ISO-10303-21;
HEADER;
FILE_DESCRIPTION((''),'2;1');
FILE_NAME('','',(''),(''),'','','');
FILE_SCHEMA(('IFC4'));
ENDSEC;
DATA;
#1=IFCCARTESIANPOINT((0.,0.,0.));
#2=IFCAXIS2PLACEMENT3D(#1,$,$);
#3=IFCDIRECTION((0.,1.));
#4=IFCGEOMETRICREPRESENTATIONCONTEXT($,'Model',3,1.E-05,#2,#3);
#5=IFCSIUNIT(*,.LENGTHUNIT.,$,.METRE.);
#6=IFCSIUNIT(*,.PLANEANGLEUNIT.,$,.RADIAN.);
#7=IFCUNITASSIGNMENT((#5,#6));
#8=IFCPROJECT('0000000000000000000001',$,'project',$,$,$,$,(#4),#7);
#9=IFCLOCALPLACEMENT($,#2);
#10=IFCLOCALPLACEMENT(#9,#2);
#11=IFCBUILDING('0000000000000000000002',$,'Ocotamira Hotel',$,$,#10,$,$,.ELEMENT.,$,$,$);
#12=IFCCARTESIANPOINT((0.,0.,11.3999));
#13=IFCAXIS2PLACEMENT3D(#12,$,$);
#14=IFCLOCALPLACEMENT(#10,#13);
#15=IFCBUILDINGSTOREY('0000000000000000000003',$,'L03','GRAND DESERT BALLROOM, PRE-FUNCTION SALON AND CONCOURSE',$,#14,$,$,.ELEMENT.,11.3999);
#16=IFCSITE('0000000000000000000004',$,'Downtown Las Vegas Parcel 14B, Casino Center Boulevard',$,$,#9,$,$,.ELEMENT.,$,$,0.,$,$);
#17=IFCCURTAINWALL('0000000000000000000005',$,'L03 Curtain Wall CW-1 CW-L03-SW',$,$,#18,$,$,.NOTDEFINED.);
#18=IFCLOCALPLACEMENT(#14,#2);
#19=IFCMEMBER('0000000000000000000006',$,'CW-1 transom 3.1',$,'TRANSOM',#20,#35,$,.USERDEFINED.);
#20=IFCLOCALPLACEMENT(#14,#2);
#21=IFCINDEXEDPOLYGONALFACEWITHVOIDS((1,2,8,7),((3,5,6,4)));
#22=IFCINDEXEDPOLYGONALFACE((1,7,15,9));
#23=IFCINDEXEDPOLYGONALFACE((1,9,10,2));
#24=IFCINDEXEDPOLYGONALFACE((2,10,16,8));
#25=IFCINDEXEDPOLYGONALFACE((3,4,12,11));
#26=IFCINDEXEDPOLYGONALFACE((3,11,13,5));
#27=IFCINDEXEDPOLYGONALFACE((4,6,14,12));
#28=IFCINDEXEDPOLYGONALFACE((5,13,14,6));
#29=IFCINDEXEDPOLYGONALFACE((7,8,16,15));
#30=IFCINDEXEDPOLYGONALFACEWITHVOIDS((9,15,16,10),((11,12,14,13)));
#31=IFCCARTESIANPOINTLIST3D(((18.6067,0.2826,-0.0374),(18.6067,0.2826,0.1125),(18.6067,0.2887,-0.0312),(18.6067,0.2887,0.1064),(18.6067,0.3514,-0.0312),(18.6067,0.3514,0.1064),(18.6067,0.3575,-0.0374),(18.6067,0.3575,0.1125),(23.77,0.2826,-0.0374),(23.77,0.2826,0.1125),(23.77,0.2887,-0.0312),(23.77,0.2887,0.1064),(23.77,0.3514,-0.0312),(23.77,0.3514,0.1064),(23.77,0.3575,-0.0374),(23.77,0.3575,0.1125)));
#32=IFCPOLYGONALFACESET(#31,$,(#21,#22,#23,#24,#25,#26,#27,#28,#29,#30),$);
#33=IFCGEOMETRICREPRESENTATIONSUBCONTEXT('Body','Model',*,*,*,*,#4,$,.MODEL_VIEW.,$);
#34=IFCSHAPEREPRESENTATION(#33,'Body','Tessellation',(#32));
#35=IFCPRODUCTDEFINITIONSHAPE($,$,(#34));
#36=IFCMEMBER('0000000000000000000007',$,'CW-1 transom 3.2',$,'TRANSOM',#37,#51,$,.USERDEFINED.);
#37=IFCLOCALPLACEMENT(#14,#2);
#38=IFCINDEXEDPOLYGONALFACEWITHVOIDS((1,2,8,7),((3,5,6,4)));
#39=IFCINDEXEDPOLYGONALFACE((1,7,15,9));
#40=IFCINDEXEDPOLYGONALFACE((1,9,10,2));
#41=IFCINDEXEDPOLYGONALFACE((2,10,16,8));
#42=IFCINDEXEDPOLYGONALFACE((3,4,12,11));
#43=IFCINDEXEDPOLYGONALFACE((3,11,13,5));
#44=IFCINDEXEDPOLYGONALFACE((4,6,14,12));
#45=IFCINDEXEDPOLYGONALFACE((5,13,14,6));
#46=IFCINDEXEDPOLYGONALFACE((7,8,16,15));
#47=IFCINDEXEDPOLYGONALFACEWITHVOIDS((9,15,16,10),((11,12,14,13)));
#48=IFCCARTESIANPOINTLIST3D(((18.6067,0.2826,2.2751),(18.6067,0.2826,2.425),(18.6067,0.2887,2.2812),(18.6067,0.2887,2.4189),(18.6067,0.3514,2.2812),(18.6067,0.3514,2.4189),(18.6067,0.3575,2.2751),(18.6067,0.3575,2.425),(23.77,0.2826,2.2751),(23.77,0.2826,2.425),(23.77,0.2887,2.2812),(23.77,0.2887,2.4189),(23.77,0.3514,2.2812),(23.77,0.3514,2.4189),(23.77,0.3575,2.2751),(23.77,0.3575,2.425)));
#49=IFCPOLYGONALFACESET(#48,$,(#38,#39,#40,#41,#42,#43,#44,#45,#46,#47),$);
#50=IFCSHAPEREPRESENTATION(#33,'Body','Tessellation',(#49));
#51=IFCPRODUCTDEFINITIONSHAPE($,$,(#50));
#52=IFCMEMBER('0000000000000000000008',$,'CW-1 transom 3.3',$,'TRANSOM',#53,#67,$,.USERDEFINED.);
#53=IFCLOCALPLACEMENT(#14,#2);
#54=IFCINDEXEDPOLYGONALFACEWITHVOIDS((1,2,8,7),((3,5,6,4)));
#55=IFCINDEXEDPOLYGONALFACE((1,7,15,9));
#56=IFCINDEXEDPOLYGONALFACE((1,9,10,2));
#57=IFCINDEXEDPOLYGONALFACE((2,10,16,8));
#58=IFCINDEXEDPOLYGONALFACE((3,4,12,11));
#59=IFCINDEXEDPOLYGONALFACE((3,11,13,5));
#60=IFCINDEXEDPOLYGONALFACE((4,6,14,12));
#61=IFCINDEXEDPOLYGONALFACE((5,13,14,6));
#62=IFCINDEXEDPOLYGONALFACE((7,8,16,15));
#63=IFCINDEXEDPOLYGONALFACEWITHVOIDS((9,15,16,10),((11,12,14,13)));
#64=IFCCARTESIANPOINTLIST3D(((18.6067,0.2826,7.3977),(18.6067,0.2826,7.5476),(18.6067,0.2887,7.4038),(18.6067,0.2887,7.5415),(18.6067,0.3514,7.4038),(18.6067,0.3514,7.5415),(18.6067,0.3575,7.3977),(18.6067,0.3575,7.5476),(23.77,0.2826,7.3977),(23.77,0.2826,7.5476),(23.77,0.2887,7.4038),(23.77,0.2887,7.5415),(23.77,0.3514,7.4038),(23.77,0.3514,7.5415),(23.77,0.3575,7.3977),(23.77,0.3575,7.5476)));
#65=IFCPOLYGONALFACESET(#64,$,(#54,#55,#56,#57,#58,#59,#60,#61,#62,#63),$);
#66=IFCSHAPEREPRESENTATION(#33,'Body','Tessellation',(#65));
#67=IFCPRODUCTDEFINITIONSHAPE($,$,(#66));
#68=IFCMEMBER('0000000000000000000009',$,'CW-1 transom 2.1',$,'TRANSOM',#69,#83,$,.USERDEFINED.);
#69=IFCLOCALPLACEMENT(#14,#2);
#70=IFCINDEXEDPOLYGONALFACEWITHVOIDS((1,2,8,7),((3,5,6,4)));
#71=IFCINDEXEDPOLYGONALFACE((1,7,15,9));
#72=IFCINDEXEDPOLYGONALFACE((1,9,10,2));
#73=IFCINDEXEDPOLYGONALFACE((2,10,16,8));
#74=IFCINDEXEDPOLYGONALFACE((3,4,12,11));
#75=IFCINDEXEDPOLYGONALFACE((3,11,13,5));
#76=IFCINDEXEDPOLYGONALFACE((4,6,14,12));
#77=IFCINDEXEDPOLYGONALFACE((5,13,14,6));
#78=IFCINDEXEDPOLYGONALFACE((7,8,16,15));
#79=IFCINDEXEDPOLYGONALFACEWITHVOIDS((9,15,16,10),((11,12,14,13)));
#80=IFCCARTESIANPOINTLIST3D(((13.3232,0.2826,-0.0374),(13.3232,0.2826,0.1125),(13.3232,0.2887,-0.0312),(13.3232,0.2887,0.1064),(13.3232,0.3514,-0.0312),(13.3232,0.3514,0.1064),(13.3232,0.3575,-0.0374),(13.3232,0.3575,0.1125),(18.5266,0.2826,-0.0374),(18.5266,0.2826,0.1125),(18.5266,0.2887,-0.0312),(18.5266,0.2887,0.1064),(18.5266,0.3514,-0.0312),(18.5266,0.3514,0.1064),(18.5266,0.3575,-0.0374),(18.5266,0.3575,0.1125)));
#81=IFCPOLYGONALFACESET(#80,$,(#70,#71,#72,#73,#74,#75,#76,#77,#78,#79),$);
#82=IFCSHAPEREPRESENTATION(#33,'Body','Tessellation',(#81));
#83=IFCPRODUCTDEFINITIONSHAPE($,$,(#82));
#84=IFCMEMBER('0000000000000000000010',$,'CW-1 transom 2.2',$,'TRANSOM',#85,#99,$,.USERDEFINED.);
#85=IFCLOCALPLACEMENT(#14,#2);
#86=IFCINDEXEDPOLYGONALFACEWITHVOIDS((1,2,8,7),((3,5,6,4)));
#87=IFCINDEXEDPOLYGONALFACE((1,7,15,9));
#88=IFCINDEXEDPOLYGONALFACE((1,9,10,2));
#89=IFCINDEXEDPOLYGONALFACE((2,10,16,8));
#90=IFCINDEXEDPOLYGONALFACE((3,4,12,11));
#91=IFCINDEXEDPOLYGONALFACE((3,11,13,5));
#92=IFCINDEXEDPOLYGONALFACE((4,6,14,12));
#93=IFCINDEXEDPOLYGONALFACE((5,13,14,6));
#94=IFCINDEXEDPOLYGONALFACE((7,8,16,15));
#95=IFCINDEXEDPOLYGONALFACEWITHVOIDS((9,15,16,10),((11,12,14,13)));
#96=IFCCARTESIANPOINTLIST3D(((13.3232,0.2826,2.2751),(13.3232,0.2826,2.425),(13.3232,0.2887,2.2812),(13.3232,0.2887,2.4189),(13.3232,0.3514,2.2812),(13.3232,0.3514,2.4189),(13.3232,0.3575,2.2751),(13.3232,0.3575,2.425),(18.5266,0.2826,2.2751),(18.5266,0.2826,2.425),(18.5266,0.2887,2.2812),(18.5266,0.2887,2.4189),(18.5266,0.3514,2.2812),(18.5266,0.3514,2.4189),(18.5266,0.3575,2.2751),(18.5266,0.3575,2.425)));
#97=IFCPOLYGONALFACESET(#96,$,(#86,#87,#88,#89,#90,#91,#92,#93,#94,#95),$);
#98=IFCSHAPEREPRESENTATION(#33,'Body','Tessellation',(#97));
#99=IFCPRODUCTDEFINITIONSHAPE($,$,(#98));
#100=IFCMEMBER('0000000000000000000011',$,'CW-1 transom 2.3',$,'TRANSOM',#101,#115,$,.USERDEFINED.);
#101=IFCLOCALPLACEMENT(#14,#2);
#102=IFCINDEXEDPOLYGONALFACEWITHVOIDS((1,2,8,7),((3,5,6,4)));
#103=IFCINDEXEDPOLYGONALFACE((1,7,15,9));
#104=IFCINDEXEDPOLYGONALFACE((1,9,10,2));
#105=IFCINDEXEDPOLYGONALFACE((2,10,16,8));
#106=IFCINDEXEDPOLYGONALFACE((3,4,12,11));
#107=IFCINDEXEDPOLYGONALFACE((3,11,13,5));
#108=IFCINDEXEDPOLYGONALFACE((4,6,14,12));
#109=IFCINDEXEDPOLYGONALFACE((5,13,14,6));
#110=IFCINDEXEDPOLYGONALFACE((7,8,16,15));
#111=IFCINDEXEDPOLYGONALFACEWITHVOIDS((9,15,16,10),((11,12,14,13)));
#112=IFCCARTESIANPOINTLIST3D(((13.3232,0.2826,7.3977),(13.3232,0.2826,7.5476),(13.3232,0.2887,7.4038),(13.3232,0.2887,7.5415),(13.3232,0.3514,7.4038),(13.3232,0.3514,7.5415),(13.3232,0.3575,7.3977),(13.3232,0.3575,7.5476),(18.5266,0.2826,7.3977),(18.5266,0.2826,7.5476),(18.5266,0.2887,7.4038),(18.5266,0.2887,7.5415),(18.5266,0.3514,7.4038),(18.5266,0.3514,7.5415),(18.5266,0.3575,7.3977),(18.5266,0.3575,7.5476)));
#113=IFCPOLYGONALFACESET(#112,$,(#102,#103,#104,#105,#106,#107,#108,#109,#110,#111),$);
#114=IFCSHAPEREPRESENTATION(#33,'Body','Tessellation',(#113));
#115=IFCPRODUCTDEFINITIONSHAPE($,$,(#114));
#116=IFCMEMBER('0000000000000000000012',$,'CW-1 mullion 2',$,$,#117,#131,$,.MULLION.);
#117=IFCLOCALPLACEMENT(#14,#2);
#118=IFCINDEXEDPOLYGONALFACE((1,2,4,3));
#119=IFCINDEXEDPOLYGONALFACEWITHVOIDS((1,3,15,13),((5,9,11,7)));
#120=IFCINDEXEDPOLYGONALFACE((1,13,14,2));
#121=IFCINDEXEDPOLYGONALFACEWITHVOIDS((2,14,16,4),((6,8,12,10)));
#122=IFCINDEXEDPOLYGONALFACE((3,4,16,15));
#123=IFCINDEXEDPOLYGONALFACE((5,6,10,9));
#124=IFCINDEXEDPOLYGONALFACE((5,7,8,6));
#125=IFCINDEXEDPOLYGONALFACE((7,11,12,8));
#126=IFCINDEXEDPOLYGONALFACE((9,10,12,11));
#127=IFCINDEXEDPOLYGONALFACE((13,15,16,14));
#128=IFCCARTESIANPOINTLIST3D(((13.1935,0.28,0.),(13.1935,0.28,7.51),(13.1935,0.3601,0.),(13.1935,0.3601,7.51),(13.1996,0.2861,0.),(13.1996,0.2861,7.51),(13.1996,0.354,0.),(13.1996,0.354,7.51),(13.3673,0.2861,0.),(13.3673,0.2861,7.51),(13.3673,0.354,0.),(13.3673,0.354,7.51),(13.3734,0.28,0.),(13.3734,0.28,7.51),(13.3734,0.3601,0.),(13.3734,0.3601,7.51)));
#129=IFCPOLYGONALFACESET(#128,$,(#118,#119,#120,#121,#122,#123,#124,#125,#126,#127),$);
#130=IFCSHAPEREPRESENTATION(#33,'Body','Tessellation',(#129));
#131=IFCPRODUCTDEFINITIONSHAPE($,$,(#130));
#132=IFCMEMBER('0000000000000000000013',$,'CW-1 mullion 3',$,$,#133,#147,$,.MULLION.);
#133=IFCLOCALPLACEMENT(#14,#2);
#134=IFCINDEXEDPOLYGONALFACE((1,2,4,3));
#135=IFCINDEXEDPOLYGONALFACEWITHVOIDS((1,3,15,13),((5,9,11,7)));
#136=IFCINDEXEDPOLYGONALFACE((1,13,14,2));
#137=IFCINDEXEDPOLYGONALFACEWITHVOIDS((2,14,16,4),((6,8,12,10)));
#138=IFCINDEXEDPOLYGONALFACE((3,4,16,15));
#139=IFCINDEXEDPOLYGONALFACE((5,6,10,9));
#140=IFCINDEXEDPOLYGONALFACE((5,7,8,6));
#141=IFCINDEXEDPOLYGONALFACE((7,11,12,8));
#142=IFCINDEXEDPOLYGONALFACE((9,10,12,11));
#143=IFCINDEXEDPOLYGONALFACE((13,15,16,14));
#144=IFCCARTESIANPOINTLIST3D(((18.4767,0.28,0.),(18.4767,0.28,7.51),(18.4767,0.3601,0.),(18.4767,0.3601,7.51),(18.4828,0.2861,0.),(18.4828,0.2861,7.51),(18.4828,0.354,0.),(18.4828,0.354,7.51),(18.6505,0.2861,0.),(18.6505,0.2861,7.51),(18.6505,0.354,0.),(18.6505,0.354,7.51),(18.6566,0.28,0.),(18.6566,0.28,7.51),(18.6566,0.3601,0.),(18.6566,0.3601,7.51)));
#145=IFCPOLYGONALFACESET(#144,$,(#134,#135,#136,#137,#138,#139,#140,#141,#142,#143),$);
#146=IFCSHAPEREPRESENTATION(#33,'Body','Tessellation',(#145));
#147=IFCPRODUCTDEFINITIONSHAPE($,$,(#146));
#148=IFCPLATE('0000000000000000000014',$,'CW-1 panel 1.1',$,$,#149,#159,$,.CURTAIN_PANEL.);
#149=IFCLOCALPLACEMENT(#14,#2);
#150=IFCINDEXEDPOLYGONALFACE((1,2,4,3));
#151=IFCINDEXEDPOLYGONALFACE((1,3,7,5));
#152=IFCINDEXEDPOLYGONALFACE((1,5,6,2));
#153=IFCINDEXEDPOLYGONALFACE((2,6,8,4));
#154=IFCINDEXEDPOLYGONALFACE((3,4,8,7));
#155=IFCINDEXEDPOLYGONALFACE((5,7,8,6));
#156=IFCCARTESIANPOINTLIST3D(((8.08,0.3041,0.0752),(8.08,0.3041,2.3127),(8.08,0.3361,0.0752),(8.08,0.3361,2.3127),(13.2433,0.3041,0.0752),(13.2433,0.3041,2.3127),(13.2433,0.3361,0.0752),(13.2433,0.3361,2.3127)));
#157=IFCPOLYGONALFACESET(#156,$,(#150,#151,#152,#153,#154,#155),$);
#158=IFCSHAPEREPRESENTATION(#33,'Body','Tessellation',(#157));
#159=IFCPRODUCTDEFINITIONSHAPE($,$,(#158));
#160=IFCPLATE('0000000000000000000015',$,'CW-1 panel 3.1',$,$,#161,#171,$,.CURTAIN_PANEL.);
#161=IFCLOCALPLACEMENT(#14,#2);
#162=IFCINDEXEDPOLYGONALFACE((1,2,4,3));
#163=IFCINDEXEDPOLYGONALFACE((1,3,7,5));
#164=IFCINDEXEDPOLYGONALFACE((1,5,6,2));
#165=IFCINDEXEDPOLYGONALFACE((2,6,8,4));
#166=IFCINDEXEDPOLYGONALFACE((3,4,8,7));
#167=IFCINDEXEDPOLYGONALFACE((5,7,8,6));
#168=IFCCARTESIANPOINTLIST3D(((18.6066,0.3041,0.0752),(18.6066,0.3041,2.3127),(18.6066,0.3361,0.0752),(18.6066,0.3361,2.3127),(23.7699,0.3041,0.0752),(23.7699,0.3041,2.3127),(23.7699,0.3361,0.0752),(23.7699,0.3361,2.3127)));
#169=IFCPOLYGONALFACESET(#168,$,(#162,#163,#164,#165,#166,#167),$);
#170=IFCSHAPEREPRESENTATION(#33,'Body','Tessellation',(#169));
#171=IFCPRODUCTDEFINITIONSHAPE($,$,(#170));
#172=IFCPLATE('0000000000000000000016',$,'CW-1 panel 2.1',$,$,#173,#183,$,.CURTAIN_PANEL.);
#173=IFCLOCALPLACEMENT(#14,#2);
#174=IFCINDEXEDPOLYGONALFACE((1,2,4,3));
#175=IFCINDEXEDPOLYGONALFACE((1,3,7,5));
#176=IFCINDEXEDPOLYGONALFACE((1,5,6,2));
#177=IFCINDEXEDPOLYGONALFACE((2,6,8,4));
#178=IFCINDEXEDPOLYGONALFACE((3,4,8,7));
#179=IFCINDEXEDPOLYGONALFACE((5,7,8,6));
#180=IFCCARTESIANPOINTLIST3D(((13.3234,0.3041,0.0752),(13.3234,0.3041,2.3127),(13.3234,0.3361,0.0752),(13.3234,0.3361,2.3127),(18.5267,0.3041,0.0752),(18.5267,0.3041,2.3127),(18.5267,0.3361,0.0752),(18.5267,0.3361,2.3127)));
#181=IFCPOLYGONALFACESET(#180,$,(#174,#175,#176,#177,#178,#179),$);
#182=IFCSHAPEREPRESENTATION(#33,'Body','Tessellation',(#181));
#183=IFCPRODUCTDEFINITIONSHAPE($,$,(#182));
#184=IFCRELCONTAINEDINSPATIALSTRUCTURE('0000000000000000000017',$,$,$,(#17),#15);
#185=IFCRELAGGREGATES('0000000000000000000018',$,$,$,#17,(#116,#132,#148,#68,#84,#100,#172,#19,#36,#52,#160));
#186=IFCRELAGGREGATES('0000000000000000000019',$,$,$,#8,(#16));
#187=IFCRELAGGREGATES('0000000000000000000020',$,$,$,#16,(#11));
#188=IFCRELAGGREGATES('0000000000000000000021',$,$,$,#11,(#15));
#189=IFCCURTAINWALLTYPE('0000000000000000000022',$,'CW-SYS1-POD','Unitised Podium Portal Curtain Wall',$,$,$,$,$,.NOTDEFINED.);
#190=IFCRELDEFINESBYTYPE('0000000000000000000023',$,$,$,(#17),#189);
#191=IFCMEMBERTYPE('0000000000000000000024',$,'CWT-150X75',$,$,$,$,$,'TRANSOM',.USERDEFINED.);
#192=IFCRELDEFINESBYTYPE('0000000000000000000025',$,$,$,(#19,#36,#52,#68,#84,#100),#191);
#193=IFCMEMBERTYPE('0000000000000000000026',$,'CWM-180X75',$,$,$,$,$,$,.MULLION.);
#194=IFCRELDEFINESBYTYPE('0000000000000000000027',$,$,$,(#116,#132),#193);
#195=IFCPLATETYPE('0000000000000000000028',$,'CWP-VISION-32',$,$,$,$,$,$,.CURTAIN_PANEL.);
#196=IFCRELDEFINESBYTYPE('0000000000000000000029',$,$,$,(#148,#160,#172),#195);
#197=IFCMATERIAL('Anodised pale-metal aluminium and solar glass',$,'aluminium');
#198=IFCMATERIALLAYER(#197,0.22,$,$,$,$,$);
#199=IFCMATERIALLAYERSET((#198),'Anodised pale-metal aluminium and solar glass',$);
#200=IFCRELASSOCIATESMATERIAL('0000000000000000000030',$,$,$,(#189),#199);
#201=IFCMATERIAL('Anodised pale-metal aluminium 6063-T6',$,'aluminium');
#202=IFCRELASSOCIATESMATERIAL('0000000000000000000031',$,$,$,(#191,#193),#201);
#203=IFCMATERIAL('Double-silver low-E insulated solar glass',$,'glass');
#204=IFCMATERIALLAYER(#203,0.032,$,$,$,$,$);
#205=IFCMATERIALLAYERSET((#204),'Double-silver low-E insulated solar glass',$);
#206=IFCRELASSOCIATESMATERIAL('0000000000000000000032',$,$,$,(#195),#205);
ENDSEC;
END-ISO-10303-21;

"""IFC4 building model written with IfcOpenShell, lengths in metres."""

from ifc_helpers import new_model, si_unit, direction, frame, origin, origin_2d, place, context, subcontext, project, spatial, rectangle, hollow_rectangle, extrude, source, transform, mapped, material, layer, layer_set, material_profile, profile_set, type_object, element, aggregate, save


model = new_model("IFC4")

# Units and contexts
model_context = context("Model", 3, precision=1e-05, world=origin(), true_north=direction((0.0, 1.0)))
body_context = subcontext(model_context, "Body", "Model", "MODEL_VIEW")
ifc_project = project(units=[si_unit("LENGTHUNIT", "METRE"), si_unit("PLANEANGLEUNIT", "RADIAN")], contexts=[model_context])

# Site, building, storey
site_placement = place(None, origin())
site = spatial("IfcSite", under=ifc_project, at=site_placement, Name="Downtown Las Vegas Parcel 14B, Casino Center Boulevard", CompositionType="ELEMENT", RefElevation=0.0)
building_placement = place(site_placement, origin())
building = spatial("IfcBuilding", under=site, at=building_placement, Name="Ocotamira Hotel", CompositionType="ELEMENT")
storey_placement = place(building_placement, frame((0.0, 0.0, 11.3999)))
storey = spatial("IfcBuildingStorey", under=building, at=storey_placement, Name="L03", Description="GRAND DESERT BALLROOM, PRE-FUNCTION SALON AND CONCOURSE", CompositionType="ELEMENT", Elevation=11.3999)

# Curtain wall, members, plates
ifc_material_1 = material(Name="Anodised pale-metal aluminium and solar glass", Category="aluminium")
ifc_layer_1 = layer(ifc_material_1, 0.22)
ifc_layer_set_1 = layer_set([ifc_layer_1], Name="Anodised pale-metal aluminium and solar glass")
curtain_wall_type = type_object("IfcCurtainWallType", Name="CW-SYS1-POD", Description="Unitised Podium Portal Curtain Wall", PredefinedType="NOTDEFINED", material=ifc_layer_set_1)
curtain_wall_placement = place(storey_placement, origin())
curtain_wall = element("IfcCurtainWall", 1, at=curtain_wall_placement, inside=storey, type_object=curtain_wall_type, Name="L03 Curtain Wall CW-1 CW-L03-SW", PredefinedType="NOTDEFINED")
ifc_material_2 = material(Name="Anodised pale-metal aluminium 6063-T6", Category="aluminium")
ifc_material_profile_1 = material_profile(ifc_material_2, hollow_rectangle(XDim=0.075, YDim=0.1499, WallThickness=0.0061, at=origin_2d()), Name="HSS150X75X6")
ifc_profile_set_1 = profile_set([ifc_material_profile_1], Name="Anodised pale-metal aluminium 6063-T6")
member_type_1 = type_object("IfcMemberType", Name="CWT-150X75", ElementType="TRANSOM", PredefinedType="USERDEFINED", material=ifc_profile_set_1)
shared_shape_1 = source(origin(), body_context, "Body", "SweptSolid", [
    extrude(hollow_rectangle(XDim=0.075, YDim=0.1499, WallThickness=0.0061, at=origin_2d()), origin(), (0.0, 0.0, 1.0), 5.1633),
])
member_1_placement = place(storey_placement, frame((18.6067, 0.3201, 0.0376), z_axis=(1.0, 0.0, 0.0), x_axis=(0.0, 1.0, 0.0)))
member_1 = element("IfcMember", 2, at=member_1_placement, type_object=member_type_1, Name="CW-1 transom 3.1", ObjectType="TRANSOM", PredefinedType="USERDEFINED", context=body_context, shape_type="MappedRepresentation", body=[
    mapped(shared_shape_1, transform((0.0, 0.0, 0.0), scale=1.0)),
])
member_2_placement = place(storey_placement, frame((18.6067, 0.3201, 2.3501), z_axis=(1.0, 0.0, 0.0), x_axis=(0.0, 1.0, 0.0)))
member_2 = element("IfcMember", 3, at=member_2_placement, type_object=member_type_1, Name="CW-1 transom 3.2", ObjectType="TRANSOM", PredefinedType="USERDEFINED", context=body_context, shape_type="MappedRepresentation", body=[
    mapped(shared_shape_1, transform((0.0, 0.0, 0.0), scale=1.0)),
])
member_3_placement = place(storey_placement, frame((18.6067, 0.3201, 7.4727), z_axis=(1.0, 0.0, 0.0), x_axis=(0.0, 1.0, 0.0)))
member_3 = element("IfcMember", 4, at=member_3_placement, type_object=member_type_1, Name="CW-1 transom 3.3", ObjectType="TRANSOM", PredefinedType="USERDEFINED", context=body_context, shape_type="MappedRepresentation", body=[
    mapped(shared_shape_1, transform((0.0, 0.0, 0.0), scale=1.0)),
])
shared_shape_2 = source(origin(), body_context, "Body", "SweptSolid", [
    extrude(hollow_rectangle(XDim=0.075, YDim=0.1499, WallThickness=0.0061, at=origin_2d()), origin(), (0.0, 0.0, 1.0), 5.2034),
])
member_4_placement = place(storey_placement, frame((13.3232, 0.3201, 0.0376), z_axis=(1.0, 0.0, 0.0), x_axis=(0.0, 1.0, 0.0)))
member_4 = element("IfcMember", 5, at=member_4_placement, type_object=member_type_1, Name="CW-1 transom 2.1", ObjectType="TRANSOM", PredefinedType="USERDEFINED", context=body_context, shape_type="MappedRepresentation", body=[
    mapped(shared_shape_2, transform((0.0, 0.0, 0.0), scale=1.0)),
])
member_5_placement = place(storey_placement, frame((13.3232, 0.3201, 2.3501), z_axis=(1.0, 0.0, 0.0), x_axis=(0.0, 1.0, 0.0)))
member_5 = element("IfcMember", 6, at=member_5_placement, type_object=member_type_1, Name="CW-1 transom 2.2", ObjectType="TRANSOM", PredefinedType="USERDEFINED", context=body_context, shape_type="MappedRepresentation", body=[
    mapped(shared_shape_2, transform((0.0, 0.0, 0.0), scale=1.0)),
])
member_6_placement = place(storey_placement, frame((13.3232, 0.3201, 7.4727), z_axis=(1.0, 0.0, 0.0), x_axis=(0.0, 1.0, 0.0)))
member_6 = element("IfcMember", 7, at=member_6_placement, type_object=member_type_1, Name="CW-1 transom 2.3", ObjectType="TRANSOM", PredefinedType="USERDEFINED", context=body_context, shape_type="MappedRepresentation", body=[
    mapped(shared_shape_2, transform((0.0, 0.0, 0.0), scale=1.0)),
])
ifc_material_profile_2 = material_profile(ifc_material_2, hollow_rectangle(XDim=0.0801, YDim=0.1799, WallThickness=0.0061, at=origin_2d()), Name="HSS180X80X6")
ifc_profile_set_2 = profile_set([ifc_material_profile_2], Name="Anodised pale-metal aluminium 6063-T6")
member_type_2 = type_object("IfcMemberType", Name="CWM-180X75", PredefinedType="MULLION", material=ifc_profile_set_2)
shared_shape_3 = source(origin(), body_context, "Body", "SweptSolid", [
    extrude(hollow_rectangle(XDim=0.0801, YDim=0.1799, WallThickness=0.0061, at=origin_2d()), origin(), (0.0, 0.0, 1.0), 7.51),
])
member_7_placement = place(storey_placement, frame((13.2834, 0.3201, 0.0), z_axis=(0.0, 0.0, 1.0), x_axis=(0.0, 1.0, 0.0)))
member_7 = element("IfcMember", 8, at=member_7_placement, type_object=member_type_2, Name="CW-1 mullion 2", PredefinedType="MULLION", context=body_context, shape_type="MappedRepresentation", body=[
    mapped(shared_shape_3, transform((0.0, 0.0, 0.0), scale=1.0)),
])
member_8_placement = place(storey_placement, frame((18.5667, 0.3201, 0.0), z_axis=(0.0, 0.0, 1.0), x_axis=(0.0, 1.0, 0.0)))
member_8 = element("IfcMember", 9, at=member_8_placement, type_object=member_type_2, Name="CW-1 mullion 3", PredefinedType="MULLION", context=body_context, shape_type="MappedRepresentation", body=[
    mapped(shared_shape_3, transform((0.0, 0.0, 0.0), scale=1.0)),
])
ifc_material_3 = material(Name="Double-silver low-E insulated solar glass", Category="glass")
ifc_layer_2 = layer(ifc_material_3, 0.032)
ifc_layer_set_2 = layer_set([ifc_layer_2], Name="Double-silver low-E insulated solar glass")
plate_type = type_object("IfcPlateType", Name="CWP-VISION-32", PredefinedType="CURTAIN_PANEL", material=ifc_layer_set_2)
shared_shape_4 = source(origin(), body_context, "Body", "SweptSolid", [
    extrude(rectangle(XDim=5.1633, YDim=0.032, at=origin_2d()), origin(), (0.0, 0.0, 1.0), 2.2375),
])
plate_1_placement = place(storey_placement, frame((10.6616, 0.3201, 0.0752), z_axis=(0.0, 0.0, 1.0), x_axis=(1.0, 0.0, 0.0)))
plate_1 = element("IfcPlate", 10, at=plate_1_placement, type_object=plate_type, Name="CW-1 panel 1.1", PredefinedType="CURTAIN_PANEL", context=body_context, shape_type="MappedRepresentation", body=[
    mapped(shared_shape_4, transform((0.0, 0.0, 0.0), scale=1.0)),
])
plate_2_placement = place(storey_placement, frame((21.1882, 0.3201, 0.0752), z_axis=(0.0, 0.0, 1.0), x_axis=(1.0, 0.0, 0.0)))
plate_2 = element("IfcPlate", 11, at=plate_2_placement, type_object=plate_type, Name="CW-1 panel 3.1", PredefinedType="CURTAIN_PANEL", context=body_context, shape_type="MappedRepresentation", body=[
    mapped(shared_shape_4, transform((0.0, 0.0, 0.0), scale=1.0)),
])
shared_shape_5 = source(origin(), body_context, "Body", "SweptSolid", [
    extrude(rectangle(XDim=5.2034, YDim=0.032, at=origin_2d()), origin(), (0.0, 0.0, 1.0), 2.2375),
])
plate_3_placement = place(storey_placement, frame((15.925, 0.3201, 0.0752), z_axis=(0.0, 0.0, 1.0), x_axis=(1.0, 0.0, 0.0)))
plate_3 = element("IfcPlate", 12, at=plate_3_placement, type_object=plate_type, Name="CW-1 panel 2.1", PredefinedType="CURTAIN_PANEL", context=body_context, shape_type="MappedRepresentation", body=[
    mapped(shared_shape_5, transform((0.0, 0.0, 0.0), scale=1.0)),
])
aggregate(curtain_wall, [member_7, member_8, plate_1, member_4, member_5, member_6, plate_3, member_1, member_2, member_3, plate_2])

save(model, "model.ifc")
